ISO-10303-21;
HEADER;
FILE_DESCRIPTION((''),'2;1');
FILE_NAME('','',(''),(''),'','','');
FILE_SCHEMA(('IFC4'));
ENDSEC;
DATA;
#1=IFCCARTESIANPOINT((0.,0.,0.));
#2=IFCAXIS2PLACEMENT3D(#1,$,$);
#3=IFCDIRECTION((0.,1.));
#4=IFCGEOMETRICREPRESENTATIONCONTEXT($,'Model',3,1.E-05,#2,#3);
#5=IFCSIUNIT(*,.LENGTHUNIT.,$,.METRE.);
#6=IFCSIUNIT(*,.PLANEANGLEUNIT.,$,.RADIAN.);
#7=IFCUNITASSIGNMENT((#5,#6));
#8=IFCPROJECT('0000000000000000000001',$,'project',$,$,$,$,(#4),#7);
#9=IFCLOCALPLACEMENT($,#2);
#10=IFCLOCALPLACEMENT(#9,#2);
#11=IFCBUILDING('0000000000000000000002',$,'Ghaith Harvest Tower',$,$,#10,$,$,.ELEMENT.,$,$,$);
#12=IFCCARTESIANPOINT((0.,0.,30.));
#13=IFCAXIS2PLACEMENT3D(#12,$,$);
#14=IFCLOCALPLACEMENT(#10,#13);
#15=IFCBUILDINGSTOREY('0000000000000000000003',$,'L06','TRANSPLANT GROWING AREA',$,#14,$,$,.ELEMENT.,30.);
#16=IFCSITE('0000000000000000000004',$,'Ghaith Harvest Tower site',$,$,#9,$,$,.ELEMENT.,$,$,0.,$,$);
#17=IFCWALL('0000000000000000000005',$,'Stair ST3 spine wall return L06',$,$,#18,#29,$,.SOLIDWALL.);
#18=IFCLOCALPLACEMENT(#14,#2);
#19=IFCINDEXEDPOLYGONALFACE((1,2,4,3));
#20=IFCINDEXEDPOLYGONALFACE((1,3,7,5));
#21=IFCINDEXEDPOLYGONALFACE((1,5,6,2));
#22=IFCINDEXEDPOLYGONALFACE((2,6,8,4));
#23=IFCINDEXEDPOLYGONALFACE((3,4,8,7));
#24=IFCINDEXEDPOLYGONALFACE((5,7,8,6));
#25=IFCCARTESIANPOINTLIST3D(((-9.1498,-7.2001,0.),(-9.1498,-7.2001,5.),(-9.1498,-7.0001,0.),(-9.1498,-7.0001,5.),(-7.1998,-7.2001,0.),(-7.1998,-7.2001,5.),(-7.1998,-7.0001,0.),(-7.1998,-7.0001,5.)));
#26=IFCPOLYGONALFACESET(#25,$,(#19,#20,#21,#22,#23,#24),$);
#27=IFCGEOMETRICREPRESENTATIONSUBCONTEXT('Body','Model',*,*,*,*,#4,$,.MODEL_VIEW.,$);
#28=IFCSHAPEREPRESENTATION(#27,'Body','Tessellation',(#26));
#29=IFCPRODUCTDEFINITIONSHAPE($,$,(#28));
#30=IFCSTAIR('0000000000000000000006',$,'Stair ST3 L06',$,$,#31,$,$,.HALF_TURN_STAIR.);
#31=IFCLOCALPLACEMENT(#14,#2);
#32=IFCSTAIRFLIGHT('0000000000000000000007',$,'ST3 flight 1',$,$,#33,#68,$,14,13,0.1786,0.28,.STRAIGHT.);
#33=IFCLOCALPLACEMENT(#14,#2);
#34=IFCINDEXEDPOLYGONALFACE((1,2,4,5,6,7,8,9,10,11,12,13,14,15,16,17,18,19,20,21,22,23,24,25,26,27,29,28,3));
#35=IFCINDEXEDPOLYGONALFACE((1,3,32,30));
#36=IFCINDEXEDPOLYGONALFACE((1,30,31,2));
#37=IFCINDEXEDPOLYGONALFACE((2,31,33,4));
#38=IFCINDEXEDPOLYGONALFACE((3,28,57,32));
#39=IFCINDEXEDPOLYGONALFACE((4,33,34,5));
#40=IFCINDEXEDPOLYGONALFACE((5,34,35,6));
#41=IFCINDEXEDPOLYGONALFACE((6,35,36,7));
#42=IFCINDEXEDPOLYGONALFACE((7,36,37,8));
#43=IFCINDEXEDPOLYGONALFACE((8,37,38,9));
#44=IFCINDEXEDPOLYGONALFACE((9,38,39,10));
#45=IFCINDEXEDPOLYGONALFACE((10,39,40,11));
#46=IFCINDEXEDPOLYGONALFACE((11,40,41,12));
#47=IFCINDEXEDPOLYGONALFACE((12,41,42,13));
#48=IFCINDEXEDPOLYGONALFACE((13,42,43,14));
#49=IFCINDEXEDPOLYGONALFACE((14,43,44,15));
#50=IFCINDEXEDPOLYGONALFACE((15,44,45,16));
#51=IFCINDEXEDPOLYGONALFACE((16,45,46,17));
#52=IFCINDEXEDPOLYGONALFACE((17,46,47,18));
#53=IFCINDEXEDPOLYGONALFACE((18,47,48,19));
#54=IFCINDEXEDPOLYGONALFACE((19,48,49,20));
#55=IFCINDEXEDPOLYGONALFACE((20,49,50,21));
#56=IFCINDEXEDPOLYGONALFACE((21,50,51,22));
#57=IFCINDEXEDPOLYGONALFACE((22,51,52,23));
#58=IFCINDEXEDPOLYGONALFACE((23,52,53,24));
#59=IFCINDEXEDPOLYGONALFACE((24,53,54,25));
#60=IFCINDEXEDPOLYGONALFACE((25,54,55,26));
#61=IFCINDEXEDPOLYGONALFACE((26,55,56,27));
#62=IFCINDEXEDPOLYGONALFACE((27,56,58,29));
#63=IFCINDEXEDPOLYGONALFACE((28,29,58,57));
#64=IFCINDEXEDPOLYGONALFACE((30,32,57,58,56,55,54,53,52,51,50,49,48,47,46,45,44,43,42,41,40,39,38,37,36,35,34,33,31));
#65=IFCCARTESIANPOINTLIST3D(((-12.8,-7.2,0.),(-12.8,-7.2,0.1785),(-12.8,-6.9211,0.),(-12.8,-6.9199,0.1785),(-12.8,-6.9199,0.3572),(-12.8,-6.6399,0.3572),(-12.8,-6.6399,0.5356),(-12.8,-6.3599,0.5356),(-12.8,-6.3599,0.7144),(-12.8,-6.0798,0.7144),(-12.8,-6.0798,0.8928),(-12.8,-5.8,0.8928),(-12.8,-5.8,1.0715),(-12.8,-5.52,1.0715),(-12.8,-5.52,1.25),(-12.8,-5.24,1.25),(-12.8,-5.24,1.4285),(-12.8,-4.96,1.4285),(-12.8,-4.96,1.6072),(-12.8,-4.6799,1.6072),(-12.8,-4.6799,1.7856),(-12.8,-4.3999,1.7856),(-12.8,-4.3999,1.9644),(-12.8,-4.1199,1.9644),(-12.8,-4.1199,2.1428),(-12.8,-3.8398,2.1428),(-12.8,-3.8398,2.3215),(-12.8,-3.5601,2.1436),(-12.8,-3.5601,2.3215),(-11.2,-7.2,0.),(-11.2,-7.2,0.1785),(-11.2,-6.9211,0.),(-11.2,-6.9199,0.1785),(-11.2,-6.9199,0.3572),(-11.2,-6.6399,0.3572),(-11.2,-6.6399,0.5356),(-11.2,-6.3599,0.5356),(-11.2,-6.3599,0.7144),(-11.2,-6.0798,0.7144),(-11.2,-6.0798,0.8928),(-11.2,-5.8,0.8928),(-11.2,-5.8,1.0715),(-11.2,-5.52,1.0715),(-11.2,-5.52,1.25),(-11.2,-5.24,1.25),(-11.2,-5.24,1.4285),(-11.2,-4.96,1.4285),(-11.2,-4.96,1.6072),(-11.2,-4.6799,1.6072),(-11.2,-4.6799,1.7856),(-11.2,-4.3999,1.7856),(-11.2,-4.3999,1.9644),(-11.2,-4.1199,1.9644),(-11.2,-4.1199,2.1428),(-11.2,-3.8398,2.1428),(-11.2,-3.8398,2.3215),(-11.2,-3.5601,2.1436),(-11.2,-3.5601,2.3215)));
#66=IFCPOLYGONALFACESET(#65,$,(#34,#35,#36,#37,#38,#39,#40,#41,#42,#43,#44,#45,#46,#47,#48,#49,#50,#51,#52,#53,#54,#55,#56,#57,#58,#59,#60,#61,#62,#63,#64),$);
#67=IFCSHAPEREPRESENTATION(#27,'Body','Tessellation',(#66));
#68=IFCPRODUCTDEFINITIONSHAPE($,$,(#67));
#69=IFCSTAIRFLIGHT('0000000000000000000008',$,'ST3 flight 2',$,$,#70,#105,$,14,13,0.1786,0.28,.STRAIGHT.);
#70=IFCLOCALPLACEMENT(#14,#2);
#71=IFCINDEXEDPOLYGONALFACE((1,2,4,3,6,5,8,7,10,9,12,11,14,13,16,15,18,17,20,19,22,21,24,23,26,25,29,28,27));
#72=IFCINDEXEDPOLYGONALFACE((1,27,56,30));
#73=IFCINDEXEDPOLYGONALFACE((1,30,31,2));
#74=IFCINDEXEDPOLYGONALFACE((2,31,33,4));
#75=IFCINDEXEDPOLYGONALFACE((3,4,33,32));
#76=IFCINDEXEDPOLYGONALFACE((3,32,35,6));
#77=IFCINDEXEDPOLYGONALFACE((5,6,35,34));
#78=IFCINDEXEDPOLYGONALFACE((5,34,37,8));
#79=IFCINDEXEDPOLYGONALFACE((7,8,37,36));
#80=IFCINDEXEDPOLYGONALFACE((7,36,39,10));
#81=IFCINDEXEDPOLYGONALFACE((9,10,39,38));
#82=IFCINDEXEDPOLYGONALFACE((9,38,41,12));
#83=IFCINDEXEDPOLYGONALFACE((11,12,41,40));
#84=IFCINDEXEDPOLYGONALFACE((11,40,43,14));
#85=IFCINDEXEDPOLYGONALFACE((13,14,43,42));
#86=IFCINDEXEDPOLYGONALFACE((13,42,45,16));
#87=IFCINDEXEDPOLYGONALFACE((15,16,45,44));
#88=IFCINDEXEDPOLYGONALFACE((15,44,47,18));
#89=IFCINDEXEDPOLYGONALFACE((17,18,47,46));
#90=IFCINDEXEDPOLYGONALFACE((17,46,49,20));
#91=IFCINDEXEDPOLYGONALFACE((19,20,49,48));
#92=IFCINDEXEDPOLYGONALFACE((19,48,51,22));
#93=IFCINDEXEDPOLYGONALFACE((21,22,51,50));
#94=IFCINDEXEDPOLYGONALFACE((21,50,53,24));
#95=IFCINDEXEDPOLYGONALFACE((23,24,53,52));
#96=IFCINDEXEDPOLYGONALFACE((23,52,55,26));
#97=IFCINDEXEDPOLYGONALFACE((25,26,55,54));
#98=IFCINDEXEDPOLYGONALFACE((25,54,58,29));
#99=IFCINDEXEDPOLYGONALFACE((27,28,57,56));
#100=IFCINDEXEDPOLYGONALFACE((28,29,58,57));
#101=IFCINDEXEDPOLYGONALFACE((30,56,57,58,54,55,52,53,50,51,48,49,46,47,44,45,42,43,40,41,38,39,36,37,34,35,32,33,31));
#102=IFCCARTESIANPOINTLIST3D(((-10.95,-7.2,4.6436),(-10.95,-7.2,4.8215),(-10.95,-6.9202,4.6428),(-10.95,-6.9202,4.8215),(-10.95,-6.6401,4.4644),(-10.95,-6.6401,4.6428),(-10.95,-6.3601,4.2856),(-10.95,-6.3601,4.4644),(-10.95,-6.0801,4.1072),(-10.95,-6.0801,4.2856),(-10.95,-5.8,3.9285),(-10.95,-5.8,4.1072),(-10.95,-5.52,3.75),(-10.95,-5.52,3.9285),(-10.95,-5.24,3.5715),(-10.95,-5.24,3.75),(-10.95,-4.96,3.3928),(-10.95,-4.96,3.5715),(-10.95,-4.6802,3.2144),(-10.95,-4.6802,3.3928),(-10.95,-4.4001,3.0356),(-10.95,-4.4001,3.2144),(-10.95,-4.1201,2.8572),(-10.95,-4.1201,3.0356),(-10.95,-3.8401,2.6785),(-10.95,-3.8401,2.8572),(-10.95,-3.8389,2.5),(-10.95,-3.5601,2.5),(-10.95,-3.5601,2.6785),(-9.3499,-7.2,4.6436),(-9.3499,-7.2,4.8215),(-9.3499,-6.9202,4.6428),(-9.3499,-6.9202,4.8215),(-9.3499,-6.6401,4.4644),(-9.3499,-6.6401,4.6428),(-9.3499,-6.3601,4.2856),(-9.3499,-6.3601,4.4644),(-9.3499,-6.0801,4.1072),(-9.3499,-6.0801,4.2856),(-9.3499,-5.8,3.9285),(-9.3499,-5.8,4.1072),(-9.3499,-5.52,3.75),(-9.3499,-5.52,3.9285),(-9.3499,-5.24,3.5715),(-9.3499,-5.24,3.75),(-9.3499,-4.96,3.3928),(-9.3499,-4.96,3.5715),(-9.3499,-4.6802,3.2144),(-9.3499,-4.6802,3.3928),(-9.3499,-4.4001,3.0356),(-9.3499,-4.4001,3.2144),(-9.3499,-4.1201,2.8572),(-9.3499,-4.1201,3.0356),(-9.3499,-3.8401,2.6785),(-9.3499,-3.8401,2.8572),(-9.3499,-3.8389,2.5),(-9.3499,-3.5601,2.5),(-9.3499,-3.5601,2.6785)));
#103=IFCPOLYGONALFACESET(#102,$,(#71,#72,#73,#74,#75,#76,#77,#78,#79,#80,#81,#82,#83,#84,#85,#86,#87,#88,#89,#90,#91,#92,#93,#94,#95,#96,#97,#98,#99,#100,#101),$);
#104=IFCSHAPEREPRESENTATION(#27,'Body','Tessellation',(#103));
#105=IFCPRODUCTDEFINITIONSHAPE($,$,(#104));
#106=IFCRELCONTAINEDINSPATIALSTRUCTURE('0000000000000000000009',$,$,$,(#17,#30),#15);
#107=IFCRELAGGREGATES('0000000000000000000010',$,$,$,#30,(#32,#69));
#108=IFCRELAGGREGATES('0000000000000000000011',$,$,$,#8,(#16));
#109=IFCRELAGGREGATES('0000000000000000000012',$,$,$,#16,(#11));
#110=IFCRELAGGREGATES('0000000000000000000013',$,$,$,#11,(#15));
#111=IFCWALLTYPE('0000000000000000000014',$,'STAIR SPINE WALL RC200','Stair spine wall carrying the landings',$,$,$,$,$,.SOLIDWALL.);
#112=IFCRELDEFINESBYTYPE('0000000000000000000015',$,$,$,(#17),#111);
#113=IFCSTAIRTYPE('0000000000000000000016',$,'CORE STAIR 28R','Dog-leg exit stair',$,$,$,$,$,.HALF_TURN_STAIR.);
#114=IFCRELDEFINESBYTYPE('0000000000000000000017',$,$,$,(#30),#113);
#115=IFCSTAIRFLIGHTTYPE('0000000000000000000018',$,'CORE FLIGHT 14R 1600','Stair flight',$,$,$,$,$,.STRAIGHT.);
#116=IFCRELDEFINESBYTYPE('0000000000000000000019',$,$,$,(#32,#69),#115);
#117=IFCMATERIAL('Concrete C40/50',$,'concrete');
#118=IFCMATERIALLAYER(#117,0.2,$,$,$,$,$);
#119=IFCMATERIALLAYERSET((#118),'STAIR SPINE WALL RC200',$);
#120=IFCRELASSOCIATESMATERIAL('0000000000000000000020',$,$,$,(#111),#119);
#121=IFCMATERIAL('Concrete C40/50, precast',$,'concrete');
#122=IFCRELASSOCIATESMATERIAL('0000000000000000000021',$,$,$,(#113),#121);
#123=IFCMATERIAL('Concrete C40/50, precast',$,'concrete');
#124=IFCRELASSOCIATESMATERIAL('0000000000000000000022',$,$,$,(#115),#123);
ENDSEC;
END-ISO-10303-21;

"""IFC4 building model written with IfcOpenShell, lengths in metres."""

from ifc_helpers import new_model, si_unit, direction, frame, frame_2d, origin, place, context, subcontext, project, spatial, polyline, rectangle, outline, extrude, material, layer, layer_set, type_object, element, aggregate, save


model = new_model("IFC4")

# Units and contexts
model_context = context("Model", 3, precision=1e-05, world=origin(), true_north=direction((0.0, 1.0)))
body_context = subcontext(model_context, "Body", "Model", "MODEL_VIEW")
ifc_project = project(units=[si_unit("LENGTHUNIT", "METRE"), si_unit("PLANEANGLEUNIT", "RADIAN")], contexts=[model_context])

# Site, building, storey
site_placement = place(None, origin())
site = spatial("IfcSite", under=ifc_project, at=site_placement, Name="Ghaith Harvest Tower site", CompositionType="ELEMENT", RefElevation=0.0)
building_placement = place(site_placement, origin())
building = spatial("IfcBuilding", under=site, at=building_placement, Name="Ghaith Harvest Tower", CompositionType="ELEMENT")
storey_placement = place(building_placement, frame((0.0, 0.0, 30.0)))
storey = spatial("IfcBuildingStorey", under=building, at=storey_placement, Name="L06", Description="TRANSPLANT GROWING AREA", CompositionType="ELEMENT", Elevation=30.0)

# Wall
ifc_material_1 = material(Name="Concrete C40/50", Category="concrete")
ifc_layer_1 = layer(ifc_material_1, 0.2)
ifc_layer_set_1 = layer_set([ifc_layer_1], Name="STAIR SPINE WALL RC200")
wall_type_1 = type_object("IfcWallType", Name="STAIR SPINE WALL RC200", Description="Stair spine wall carrying the landings", PredefinedType="SOLIDWALL", material=ifc_layer_set_1)
wall_1_placement = place(storey_placement, frame((-9.1499, -7.1001, 0.0), z_axis=(0.0, 0.0, 1.0), x_axis=(1.0, 0.0, 0.0)))
element("IfcWall", 1, at=wall_1_placement, inside=storey, type_object=wall_type_1, Name="Stair ST3 spine wall return L06", PredefinedType="SOLIDWALL", context=body_context, shape_type="SweptSolid", body=[
    extrude(rectangle(XDim=1.95, YDim=0.2, at=frame_2d((0.9751, 0.0))), origin(), (0.0, 0.0, 1.0), 5.0),
])

# Stair, stair flights
ifc_material_2 = material(Name="Concrete C40/50, precast", Category="concrete")
stair_type = type_object("IfcStairType", Name="CORE STAIR 28R", Description="Dog-leg exit stair", PredefinedType="HALF_TURN_STAIR", material=ifc_material_2)
stair_placement = place(storey_placement, origin())
stair = element("IfcStair", 2, at=stair_placement, inside=storey, type_object=stair_type, Name="Stair ST3 L06", PredefinedType="HALF_TURN_STAIR")
ifc_material_3 = material(Name="Concrete C40/50, precast", Category="concrete")
stair_flight_type = type_object("IfcStairFlightType", Name="CORE FLIGHT 14R 1600", Description="Stair flight", PredefinedType="STRAIGHT", material=ifc_material_3)
stair_flight_1_placement = place(storey_placement, frame((-12.0, -7.2, 0.0), z_axis=(0.0, 0.0, 1.0), x_axis=(0.0, 1.0, 0.0)))
stair_flight_1 = element("IfcStairFlight", 3, at=stair_flight_1_placement, type_object=stair_flight_type, Name="ST3 flight 1", NumberOfRisers=14, NumberOfTreads=13, PredefinedType="STRAIGHT", RiserHeight=0.1786, TreadLength=0.28, context=body_context, shape_type="SweptSolid", body=[
    extrude(outline(polyline([(0.0, 0.0), (0.0, 0.1785), (0.28, 0.1785), (0.28, 0.3572), (0.5601, 0.3572), (0.5601, 0.5356), (0.8401, 0.5356), (0.8401, 0.7144), (1.1201, 0.7144), (1.1201, 0.8928), (1.3999, 0.8928), (1.3999, 1.0715), (1.6799, 1.0715), (1.6799, 1.25), (1.96, 1.25), (1.96, 1.4285), (2.24, 1.4285), (2.24, 1.6072), (2.52, 1.6072), (2.52, 1.7856), (2.8, 1.7856), (2.8, 1.9644), (3.0801, 1.9644), (3.0801, 2.1428), (3.3601, 2.1428), (3.3601, 2.3215), (3.6399, 2.3215), (3.6399, 2.5), (3.6399, 2.1436), (0.2788, 0.0), (0.0, 0.0)])), frame((0.0, 0.8, 0.0), z_axis=(0.0, -1.0, 0.0), x_axis=(1.0, 0.0, 0.0)), (0.0, 0.0, 1.0), 1.6001),
])
stair_flight_2_placement = place(storey_placement, frame((-10.1499, -3.5601, 2.5), z_axis=(0.0, 0.0, 1.0), x_axis=(0.0, -1.0, 0.0)))
stair_flight_2 = element("IfcStairFlight", 4, at=stair_flight_2_placement, type_object=stair_flight_type, Name="ST3 flight 2", NumberOfRisers=14, NumberOfTreads=13, PredefinedType="STRAIGHT", RiserHeight=0.1786, TreadLength=0.28, context=body_context, shape_type="SweptSolid", body=[
    extrude(outline(polyline([(0.0, 0.0), (0.0, 0.1785), (0.28, 0.1785), (0.28, 0.3572), (0.5601, 0.3572), (0.5601, 0.5356), (0.8401, 0.5356), (0.8401, 0.7144), (1.1201, 0.7144), (1.1201, 0.8928), (1.3999, 0.8928), (1.3999, 1.0715), (1.6799, 1.0715), (1.6799, 1.25), (1.96, 1.25), (1.96, 1.4285), (2.24, 1.4285), (2.24, 1.6072), (2.52, 1.6072), (2.52, 1.7856), (2.8, 1.7856), (2.8, 1.9644), (3.0801, 1.9644), (3.0801, 2.1428), (3.3601, 2.1428), (3.3601, 2.3215), (3.6399, 2.3215), (3.6399, 2.5), (3.6399, 2.1436), (0.2788, 0.0), (0.0, 0.0)])), frame((0.0, 0.8, 0.0), z_axis=(0.0, -1.0, 0.0), x_axis=(1.0, 0.0, 0.0)), (0.0, 0.0, 1.0), 1.6001),
])
aggregate(stair, [stair_flight_1, stair_flight_2])

save(model, "model.ifc")
